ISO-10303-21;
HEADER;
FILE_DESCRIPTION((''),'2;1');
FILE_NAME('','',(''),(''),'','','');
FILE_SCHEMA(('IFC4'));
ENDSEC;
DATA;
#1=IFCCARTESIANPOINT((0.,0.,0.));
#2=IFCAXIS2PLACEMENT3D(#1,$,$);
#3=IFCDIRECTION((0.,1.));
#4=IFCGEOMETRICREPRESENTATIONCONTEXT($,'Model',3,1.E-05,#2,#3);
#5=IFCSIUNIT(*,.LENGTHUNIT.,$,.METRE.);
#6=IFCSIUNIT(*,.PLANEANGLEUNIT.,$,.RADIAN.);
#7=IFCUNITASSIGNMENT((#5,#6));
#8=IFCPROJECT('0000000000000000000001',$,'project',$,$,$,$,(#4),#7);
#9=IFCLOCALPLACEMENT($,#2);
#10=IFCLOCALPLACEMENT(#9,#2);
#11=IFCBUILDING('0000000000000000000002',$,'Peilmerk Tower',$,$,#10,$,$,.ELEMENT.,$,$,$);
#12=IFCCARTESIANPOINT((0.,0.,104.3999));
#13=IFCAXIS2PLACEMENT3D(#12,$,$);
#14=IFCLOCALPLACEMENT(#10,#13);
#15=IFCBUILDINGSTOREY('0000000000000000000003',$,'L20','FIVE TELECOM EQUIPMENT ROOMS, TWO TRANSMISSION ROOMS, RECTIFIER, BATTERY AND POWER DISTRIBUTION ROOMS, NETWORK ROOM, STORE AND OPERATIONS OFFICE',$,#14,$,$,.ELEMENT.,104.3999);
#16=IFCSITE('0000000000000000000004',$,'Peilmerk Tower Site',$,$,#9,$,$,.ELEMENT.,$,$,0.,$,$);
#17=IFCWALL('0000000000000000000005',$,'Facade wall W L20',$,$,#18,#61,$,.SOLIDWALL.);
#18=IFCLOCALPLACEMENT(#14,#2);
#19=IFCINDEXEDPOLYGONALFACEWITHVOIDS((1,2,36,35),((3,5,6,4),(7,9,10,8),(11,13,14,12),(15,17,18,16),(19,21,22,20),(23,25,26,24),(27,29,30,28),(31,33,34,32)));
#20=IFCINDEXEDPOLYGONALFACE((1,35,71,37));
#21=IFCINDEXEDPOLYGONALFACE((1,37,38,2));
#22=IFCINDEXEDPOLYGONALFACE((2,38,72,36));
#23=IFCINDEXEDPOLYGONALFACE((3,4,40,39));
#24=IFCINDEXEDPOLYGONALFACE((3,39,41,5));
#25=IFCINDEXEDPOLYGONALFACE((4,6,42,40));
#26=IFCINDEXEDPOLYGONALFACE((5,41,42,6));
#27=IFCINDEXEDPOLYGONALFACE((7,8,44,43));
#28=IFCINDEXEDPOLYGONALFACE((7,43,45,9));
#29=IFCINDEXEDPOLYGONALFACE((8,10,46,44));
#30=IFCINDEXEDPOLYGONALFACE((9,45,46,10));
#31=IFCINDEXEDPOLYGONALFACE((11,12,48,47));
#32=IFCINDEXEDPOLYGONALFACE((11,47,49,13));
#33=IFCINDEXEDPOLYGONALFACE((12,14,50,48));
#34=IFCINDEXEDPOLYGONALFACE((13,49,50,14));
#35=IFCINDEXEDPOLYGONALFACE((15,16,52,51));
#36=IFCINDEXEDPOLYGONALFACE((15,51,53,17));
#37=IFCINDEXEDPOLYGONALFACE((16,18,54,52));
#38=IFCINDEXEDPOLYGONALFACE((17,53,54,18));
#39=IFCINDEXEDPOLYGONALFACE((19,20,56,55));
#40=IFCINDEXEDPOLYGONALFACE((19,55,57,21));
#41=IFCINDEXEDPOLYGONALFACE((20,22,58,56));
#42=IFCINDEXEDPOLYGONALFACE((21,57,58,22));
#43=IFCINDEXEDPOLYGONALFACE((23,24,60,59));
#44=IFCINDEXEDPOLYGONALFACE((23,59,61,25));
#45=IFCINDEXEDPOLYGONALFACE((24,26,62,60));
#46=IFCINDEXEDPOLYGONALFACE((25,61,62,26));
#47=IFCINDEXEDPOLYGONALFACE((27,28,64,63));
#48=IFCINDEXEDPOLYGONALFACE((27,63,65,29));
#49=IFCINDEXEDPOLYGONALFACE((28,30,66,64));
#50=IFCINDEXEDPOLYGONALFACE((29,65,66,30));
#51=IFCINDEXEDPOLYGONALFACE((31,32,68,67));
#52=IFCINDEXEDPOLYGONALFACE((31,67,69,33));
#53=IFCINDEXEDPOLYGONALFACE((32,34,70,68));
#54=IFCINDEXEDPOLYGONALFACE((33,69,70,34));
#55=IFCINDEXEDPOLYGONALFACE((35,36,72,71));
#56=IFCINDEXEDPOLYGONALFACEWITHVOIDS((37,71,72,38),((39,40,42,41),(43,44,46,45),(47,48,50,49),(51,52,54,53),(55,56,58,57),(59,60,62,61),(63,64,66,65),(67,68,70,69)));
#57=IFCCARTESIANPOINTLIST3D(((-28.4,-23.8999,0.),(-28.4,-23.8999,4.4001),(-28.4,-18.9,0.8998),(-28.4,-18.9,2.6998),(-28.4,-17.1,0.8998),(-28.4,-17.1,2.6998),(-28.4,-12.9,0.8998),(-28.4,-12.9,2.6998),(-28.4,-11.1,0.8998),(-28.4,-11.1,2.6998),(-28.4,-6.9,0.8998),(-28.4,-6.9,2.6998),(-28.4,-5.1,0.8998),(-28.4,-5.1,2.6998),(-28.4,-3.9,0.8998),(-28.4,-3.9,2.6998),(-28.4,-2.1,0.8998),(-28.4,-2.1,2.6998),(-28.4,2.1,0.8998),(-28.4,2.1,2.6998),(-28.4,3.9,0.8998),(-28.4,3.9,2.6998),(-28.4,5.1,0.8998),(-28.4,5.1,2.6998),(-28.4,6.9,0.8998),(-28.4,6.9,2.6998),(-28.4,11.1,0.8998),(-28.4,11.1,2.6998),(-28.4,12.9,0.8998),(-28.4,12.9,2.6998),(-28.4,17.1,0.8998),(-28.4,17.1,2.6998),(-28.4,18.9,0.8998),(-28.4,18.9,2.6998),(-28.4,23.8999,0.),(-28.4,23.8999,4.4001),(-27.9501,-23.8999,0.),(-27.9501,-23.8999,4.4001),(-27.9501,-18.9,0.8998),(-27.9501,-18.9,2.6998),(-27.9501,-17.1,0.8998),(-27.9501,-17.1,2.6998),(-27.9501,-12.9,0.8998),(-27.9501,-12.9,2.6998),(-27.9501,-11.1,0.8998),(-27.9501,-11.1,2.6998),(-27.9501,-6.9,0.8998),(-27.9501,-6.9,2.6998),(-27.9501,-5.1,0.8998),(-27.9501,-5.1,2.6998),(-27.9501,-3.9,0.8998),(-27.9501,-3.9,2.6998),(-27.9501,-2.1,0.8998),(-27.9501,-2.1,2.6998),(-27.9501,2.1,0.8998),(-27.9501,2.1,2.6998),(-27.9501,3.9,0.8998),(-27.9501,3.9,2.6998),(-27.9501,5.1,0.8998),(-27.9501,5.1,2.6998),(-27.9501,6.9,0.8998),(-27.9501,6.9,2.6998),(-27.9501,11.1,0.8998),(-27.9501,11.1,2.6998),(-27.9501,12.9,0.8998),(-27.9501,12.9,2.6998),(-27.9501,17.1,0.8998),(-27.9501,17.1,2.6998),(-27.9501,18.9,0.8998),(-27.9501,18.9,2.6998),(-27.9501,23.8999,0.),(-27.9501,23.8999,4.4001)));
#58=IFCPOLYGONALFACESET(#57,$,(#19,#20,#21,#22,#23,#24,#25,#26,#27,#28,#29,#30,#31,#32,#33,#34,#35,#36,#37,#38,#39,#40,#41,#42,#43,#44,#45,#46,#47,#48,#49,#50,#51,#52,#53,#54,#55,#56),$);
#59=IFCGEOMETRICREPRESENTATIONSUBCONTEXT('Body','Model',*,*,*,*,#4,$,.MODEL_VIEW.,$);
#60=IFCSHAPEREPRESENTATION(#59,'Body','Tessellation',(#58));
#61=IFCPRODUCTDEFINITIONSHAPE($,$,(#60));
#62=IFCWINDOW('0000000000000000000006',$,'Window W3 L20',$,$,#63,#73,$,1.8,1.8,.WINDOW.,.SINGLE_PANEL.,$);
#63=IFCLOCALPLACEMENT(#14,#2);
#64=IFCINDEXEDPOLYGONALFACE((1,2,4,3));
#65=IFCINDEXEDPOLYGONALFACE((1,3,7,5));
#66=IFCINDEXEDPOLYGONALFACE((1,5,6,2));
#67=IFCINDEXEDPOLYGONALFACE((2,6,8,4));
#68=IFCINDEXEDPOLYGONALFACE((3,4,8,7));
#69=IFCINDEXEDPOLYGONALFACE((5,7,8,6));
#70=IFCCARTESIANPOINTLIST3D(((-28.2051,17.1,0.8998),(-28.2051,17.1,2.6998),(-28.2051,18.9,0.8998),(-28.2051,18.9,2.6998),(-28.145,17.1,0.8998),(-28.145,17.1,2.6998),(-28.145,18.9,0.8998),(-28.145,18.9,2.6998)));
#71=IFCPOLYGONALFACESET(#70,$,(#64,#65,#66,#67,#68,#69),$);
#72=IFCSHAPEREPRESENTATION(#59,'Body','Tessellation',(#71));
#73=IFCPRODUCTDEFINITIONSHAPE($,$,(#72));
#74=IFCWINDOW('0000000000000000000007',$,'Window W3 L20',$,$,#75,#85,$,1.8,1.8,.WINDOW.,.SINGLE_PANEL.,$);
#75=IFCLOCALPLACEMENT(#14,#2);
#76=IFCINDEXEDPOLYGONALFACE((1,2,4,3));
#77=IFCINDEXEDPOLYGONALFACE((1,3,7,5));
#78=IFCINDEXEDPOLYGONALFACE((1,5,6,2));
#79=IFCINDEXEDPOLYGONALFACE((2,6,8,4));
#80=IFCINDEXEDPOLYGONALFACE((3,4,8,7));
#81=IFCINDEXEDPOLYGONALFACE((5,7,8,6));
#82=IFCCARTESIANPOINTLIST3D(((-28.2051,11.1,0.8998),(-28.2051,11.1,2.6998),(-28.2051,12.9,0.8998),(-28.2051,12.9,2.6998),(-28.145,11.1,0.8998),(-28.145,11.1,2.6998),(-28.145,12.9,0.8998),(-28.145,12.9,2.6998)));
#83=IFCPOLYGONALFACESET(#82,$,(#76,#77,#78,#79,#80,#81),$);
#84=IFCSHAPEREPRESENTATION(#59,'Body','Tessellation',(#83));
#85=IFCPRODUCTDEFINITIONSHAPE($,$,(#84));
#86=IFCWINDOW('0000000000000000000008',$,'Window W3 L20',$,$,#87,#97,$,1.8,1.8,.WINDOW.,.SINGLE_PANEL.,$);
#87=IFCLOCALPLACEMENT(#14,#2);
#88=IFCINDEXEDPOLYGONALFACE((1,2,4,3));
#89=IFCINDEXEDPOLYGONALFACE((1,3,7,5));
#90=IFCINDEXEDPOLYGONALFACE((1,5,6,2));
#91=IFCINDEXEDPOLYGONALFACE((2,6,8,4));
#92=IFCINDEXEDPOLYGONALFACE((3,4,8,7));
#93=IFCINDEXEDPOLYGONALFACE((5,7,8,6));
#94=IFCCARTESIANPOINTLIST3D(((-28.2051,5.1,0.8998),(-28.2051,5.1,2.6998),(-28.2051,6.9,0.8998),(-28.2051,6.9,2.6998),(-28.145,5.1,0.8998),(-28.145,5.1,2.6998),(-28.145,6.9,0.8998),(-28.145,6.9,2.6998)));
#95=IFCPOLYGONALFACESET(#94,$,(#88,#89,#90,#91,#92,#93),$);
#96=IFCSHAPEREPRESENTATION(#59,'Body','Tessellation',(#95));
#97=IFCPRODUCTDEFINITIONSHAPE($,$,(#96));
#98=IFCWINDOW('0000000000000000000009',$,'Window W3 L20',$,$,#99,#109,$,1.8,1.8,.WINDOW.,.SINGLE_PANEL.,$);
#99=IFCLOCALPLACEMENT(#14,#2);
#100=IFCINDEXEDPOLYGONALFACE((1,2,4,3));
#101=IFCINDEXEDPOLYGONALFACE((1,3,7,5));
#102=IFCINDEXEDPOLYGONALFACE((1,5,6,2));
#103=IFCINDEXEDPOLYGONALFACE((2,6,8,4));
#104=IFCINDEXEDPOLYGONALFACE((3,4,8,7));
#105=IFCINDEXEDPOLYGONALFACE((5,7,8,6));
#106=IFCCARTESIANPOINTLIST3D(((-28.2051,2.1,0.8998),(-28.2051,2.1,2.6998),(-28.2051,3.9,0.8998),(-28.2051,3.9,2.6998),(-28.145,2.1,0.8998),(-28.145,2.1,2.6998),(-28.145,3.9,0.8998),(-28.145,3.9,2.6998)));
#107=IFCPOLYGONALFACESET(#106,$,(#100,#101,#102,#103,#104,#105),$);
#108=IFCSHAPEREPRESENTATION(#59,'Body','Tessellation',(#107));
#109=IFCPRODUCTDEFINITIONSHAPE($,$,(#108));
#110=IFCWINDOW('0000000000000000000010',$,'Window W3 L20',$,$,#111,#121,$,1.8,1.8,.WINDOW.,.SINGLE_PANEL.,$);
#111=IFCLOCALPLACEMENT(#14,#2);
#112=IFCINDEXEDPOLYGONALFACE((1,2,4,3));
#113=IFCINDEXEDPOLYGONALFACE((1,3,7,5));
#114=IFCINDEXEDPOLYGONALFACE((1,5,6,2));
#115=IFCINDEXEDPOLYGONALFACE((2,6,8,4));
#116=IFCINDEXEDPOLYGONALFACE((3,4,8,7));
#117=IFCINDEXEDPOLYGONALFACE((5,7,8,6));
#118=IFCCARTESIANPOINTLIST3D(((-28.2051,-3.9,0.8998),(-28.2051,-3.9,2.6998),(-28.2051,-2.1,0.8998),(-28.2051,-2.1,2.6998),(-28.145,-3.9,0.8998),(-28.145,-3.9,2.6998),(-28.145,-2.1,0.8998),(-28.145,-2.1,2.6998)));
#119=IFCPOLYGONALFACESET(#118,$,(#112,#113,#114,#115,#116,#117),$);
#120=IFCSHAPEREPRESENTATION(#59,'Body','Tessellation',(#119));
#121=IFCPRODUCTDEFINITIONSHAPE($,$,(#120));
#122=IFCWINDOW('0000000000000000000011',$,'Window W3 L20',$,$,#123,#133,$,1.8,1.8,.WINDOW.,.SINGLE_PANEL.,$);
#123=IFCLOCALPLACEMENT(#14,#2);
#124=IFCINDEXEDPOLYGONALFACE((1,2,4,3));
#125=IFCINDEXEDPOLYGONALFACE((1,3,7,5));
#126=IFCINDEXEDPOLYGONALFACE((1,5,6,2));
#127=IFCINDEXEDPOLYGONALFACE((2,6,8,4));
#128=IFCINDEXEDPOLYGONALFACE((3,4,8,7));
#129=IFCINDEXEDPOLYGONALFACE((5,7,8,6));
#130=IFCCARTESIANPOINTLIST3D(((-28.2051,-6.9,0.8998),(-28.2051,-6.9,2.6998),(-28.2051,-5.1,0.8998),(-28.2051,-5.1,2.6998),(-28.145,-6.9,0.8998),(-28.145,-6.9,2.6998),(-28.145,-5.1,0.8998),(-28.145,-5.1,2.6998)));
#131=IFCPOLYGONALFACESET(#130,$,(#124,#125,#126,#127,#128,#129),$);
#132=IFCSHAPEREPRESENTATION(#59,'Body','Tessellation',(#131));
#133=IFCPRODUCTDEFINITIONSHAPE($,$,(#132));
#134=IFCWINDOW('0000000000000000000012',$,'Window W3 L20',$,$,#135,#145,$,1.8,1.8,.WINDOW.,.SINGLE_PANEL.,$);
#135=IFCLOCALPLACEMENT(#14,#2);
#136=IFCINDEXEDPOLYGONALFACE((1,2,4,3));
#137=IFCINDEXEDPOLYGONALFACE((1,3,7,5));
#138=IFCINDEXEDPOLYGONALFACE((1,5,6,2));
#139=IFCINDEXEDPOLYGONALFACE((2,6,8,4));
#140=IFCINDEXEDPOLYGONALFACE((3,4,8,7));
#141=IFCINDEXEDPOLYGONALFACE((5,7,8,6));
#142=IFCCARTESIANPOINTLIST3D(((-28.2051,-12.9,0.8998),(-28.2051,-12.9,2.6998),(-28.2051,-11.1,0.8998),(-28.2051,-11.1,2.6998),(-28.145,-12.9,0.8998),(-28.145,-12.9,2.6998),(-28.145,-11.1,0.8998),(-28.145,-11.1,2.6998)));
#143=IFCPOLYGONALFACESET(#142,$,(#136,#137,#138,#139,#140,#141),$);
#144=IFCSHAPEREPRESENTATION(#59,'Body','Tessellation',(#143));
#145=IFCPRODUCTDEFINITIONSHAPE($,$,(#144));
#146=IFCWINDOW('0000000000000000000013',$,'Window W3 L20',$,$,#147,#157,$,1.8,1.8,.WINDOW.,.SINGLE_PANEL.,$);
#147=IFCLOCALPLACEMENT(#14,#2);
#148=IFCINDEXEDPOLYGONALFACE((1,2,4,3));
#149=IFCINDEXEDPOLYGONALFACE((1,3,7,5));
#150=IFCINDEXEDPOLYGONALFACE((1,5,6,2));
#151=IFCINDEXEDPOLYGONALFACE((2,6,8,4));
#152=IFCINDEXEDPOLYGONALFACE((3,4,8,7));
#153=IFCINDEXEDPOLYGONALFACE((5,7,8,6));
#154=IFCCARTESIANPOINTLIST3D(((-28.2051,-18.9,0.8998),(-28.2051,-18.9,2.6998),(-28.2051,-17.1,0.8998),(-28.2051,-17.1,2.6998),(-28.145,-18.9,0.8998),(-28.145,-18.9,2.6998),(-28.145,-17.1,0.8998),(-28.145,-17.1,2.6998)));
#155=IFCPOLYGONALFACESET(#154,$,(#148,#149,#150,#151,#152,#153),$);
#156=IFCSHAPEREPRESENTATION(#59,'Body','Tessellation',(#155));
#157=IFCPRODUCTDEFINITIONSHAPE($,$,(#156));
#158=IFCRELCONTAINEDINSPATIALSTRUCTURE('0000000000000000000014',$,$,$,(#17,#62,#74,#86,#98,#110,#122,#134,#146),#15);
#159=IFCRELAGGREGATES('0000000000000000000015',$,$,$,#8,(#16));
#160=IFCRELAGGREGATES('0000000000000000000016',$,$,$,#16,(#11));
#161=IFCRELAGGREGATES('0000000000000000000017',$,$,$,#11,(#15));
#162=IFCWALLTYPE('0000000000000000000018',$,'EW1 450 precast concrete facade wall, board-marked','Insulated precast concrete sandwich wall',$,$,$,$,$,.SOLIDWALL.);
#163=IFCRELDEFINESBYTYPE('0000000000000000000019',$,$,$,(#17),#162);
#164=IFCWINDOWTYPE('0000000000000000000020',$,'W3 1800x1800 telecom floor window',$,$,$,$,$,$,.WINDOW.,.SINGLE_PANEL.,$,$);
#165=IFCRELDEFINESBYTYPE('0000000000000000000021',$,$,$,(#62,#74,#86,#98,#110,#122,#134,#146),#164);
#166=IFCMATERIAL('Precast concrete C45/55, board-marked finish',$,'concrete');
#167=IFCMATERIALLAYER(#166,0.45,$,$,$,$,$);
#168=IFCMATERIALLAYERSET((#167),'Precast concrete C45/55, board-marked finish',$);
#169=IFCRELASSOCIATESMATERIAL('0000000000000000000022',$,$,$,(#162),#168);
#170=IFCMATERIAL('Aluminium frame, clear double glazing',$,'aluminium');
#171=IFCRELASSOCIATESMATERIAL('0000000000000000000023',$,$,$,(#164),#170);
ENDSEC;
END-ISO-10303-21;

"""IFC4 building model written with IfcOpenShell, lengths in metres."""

from ifc_helpers import new_model, si_unit, direction, frame, frame_2d, origin, place, context, subcontext, project, spatial, rectangle, extrude, material, layer, layer_set, type_object, element, fill, save


model = new_model("IFC4")

# Units and contexts
model_context = context("Model", 3, precision=1e-05, world=origin(), true_north=direction((0.0, 1.0)))
body_context = subcontext(model_context, "Body", "Model", "MODEL_VIEW")
ifc_project = project(units=[si_unit("LENGTHUNIT", "METRE"), si_unit("PLANEANGLEUNIT", "RADIAN")], contexts=[model_context])

# Site, building, storey
site_placement = place(None, origin())
site = spatial("IfcSite", under=ifc_project, at=site_placement, Name="Peilmerk Tower Site", CompositionType="ELEMENT", RefElevation=0.0)
building_placement = place(site_placement, origin())
building = spatial("IfcBuilding", under=site, at=building_placement, Name="Peilmerk Tower", CompositionType="ELEMENT")
storey_placement = place(building_placement, frame((0.0, 0.0, 104.3999)))
storey = spatial("IfcBuildingStorey", under=building, at=storey_placement, Name="L20", Description="FIVE TELECOM EQUIPMENT ROOMS, TWO TRANSMISSION ROOMS, RECTIFIER, BATTERY AND POWER DISTRIBUTION ROOMS, NETWORK ROOM, STORE AND OPERATIONS OFFICE", CompositionType="ELEMENT", Elevation=104.3999)

# Wall, openings, windows
ifc_material_1 = material(Name="Precast concrete C45/55, board-marked finish", Category="concrete")
ifc_layer = layer(ifc_material_1, 0.45)
ifc_layer_set = layer_set([ifc_layer], Name="Precast concrete C45/55, board-marked finish")
wall_type = type_object("IfcWallType", Name="EW1 450 precast concrete facade wall, board-marked", Description="Insulated precast concrete sandwich wall", PredefinedType="SOLIDWALL", material=ifc_layer_set)
wall_1_placement = place(storey_placement, frame((-28.175, 23.8999, 0.0), z_axis=(0.0, 0.0, 1.0), x_axis=(0.0, -1.0, 0.0)))
wall_1 = element("IfcWall", 1, at=wall_1_placement, inside=storey, type_object=wall_type, Name="Facade wall W L20", PredefinedType="SOLIDWALL", context=body_context, shape_type="SweptSolid", body=[
    extrude(rectangle(XDim=47.7998, YDim=0.45, at=frame_2d((23.8999, 0.0))), origin(), (0.0, 0.0, 1.0), 4.4001),
])
opening_1_placement = place(wall_1_placement, frame((5.0, 0.0, 0.8999)))
opening_1 = element("IfcOpeningElement", 2, at=opening_1_placement, cuts=wall_1, PredefinedType="OPENING", context=body_context, shape_type="SweptSolid", body=[
    extrude(rectangle(XDim=1.8, YDim=1.8, at=frame_2d((0.8999, 0.8999))), frame((0.0, 0.2349, 0.0), z_axis=(0.0, -1.0, 0.0), x_axis=(1.0, 0.0, 0.0)), (0.0, 0.0, 1.0), 0.47),
])
opening_2_placement = place(wall_1_placement, frame((11.0, 0.0, 0.8999)))
opening_2 = element("IfcOpeningElement", 3, at=opening_2_placement, cuts=wall_1, PredefinedType="OPENING", context=body_context, shape_type="SweptSolid", body=[
    extrude(rectangle(XDim=1.8, YDim=1.8, at=frame_2d((0.8999, 0.8999))), frame((0.0, 0.2349, 0.0), z_axis=(0.0, -1.0, 0.0), x_axis=(1.0, 0.0, 0.0)), (0.0, 0.0, 1.0), 0.47),
])
opening_3_placement = place(wall_1_placement, frame((17.0, 0.0, 0.8999)))
opening_3 = element("IfcOpeningElement", 4, at=opening_3_placement, cuts=wall_1, PredefinedType="OPENING", context=body_context, shape_type="SweptSolid", body=[
    extrude(rectangle(XDim=1.8, YDim=1.8, at=frame_2d((0.8999, 0.8999))), frame((0.0, 0.2349, 0.0), z_axis=(0.0, -1.0, 0.0), x_axis=(1.0, 0.0, 0.0)), (0.0, 0.0, 1.0), 0.47),
])
opening_4_placement = place(wall_1_placement, frame((20.0, 0.0, 0.8999)))
opening_4 = element("IfcOpeningElement", 5, at=opening_4_placement, cuts=wall_1, PredefinedType="OPENING", context=body_context, shape_type="SweptSolid", body=[
    extrude(rectangle(XDim=1.8, YDim=1.8, at=frame_2d((0.8999, 0.8999))), frame((0.0, 0.2349, 0.0), z_axis=(0.0, -1.0, 0.0), x_axis=(1.0, 0.0, 0.0)), (0.0, 0.0, 1.0), 0.47),
])
opening_5_placement = place(wall_1_placement, frame((26.0, 0.0, 0.8999)))
opening_5 = element("IfcOpeningElement", 6, at=opening_5_placement, cuts=wall_1, PredefinedType="OPENING", context=body_context, shape_type="SweptSolid", body=[
    extrude(rectangle(XDim=1.8, YDim=1.8, at=frame_2d((0.8999, 0.8999))), frame((0.0, 0.2349, 0.0), z_axis=(0.0, -1.0, 0.0), x_axis=(1.0, 0.0, 0.0)), (0.0, 0.0, 1.0), 0.47),
])
opening_6_placement = place(wall_1_placement, frame((29.0, 0.0, 0.8999)))
opening_6 = element("IfcOpeningElement", 7, at=opening_6_placement, cuts=wall_1, PredefinedType="OPENING", context=body_context, shape_type="SweptSolid", body=[
    extrude(rectangle(XDim=1.8, YDim=1.8, at=frame_2d((0.8999, 0.8999))), frame((0.0, 0.2349, 0.0), z_axis=(0.0, -1.0, 0.0), x_axis=(1.0, 0.0, 0.0)), (0.0, 0.0, 1.0), 0.47),
])
opening_7_placement = place(wall_1_placement, frame((35.0, 0.0, 0.8999)))
opening_7 = element("IfcOpeningElement", 8, at=opening_7_placement, cuts=wall_1, PredefinedType="OPENING", context=body_context, shape_type="SweptSolid", body=[
    extrude(rectangle(XDim=1.8, YDim=1.8, at=frame_2d((0.8999, 0.8999))), frame((0.0, 0.2349, 0.0), z_axis=(0.0, -1.0, 0.0), x_axis=(1.0, 0.0, 0.0)), (0.0, 0.0, 1.0), 0.47),
])
opening_8_placement = place(wall_1_placement, frame((41.0, 0.0, 0.8999)))
opening_8 = element("IfcOpeningElement", 9, at=opening_8_placement, cuts=wall_1, PredefinedType="OPENING", context=body_context, shape_type="SweptSolid", body=[
    extrude(rectangle(XDim=1.8, YDim=1.8, at=frame_2d((0.8999, 0.8999))), frame((0.0, 0.2349, 0.0), z_axis=(0.0, -1.0, 0.0), x_axis=(1.0, 0.0, 0.0)), (0.0, 0.0, 1.0), 0.47),
])
ifc_material_2 = material(Name="Aluminium frame, clear double glazing", Category="aluminium")
window_type = type_object("IfcWindowType", Name="W3 1800x1800 telecom floor window", PartitioningType="SINGLE_PANEL", PredefinedType="WINDOW", material=ifc_material_2)
window_1_placement = place(opening_1_placement, origin())
window_1 = element("IfcWindow", 10, at=window_1_placement, inside=storey, type_object=window_type, Name="Window W3 L20", OverallHeight=1.8, OverallWidth=1.8, PartitioningType="SINGLE_PANEL", PredefinedType="WINDOW", context=body_context, shape_type="SweptSolid", body=[
    extrude(rectangle(XDim=1.8, YDim=1.8, at=frame_2d((0.8999, 0.8999))), frame((0.0, 0.03, 0.0), z_axis=(0.0, -1.0, 0.0), x_axis=(1.0, 0.0, 0.0)), (0.0, 0.0, 1.0), 0.0601),
])
fill(opening_1, window_1)
window_2_placement = place(opening_2_placement, origin())
window_2 = element("IfcWindow", 11, at=window_2_placement, inside=storey, type_object=window_type, Name="Window W3 L20", OverallHeight=1.8, OverallWidth=1.8, PartitioningType="SINGLE_PANEL", PredefinedType="WINDOW", context=body_context, shape_type="SweptSolid", body=[
    extrude(rectangle(XDim=1.8, YDim=1.8, at=frame_2d((0.8999, 0.8999))), frame((0.0, 0.03, 0.0), z_axis=(0.0, -1.0, 0.0), x_axis=(1.0, 0.0, 0.0)), (0.0, 0.0, 1.0), 0.0601),
])
fill(opening_2, window_2)
window_3_placement = place(opening_3_placement, origin())
window_3 = element("IfcWindow", 12, at=window_3_placement, inside=storey, type_object=window_type, Name="Window W3 L20", OverallHeight=1.8, OverallWidth=1.8, PartitioningType="SINGLE_PANEL", PredefinedType="WINDOW", context=body_context, shape_type="SweptSolid", body=[
    extrude(rectangle(XDim=1.8, YDim=1.8, at=frame_2d((0.8999, 0.8999))), frame((0.0, 0.03, 0.0), z_axis=(0.0, -1.0, 0.0), x_axis=(1.0, 0.0, 0.0)), (0.0, 0.0, 1.0), 0.0601),
])
fill(opening_3, window_3)
window_4_placement = place(opening_4_placement, origin())
window_4 = element("IfcWindow", 13, at=window_4_placement, inside=storey, type_object=window_type, Name="Window W3 L20", OverallHeight=1.8, OverallWidth=1.8, PartitioningType="SINGLE_PANEL", PredefinedType="WINDOW", context=body_context, shape_type="SweptSolid", body=[
    extrude(rectangle(XDim=1.8, YDim=1.8, at=frame_2d((0.8999, 0.8999))), frame((0.0, 0.03, 0.0), z_axis=(0.0, -1.0, 0.0), x_axis=(1.0, 0.0, 0.0)), (0.0, 0.0, 1.0), 0.0601),
])
fill(opening_4, window_4)
window_5_placement = place(opening_5_placement, origin())
window_5 = element("IfcWindow", 14, at=window_5_placement, inside=storey, type_object=window_type, Name="Window W3 L20", OverallHeight=1.8, OverallWidth=1.8, PartitioningType="SINGLE_PANEL", PredefinedType="WINDOW", context=body_context, shape_type="SweptSolid", body=[
    extrude(rectangle(XDim=1.8, YDim=1.8, at=frame_2d((0.8999, 0.8999))), frame((0.0, 0.03, 0.0), z_axis=(0.0, -1.0, 0.0), x_axis=(1.0, 0.0, 0.0)), (0.0, 0.0, 1.0), 0.0601),
])
fill(opening_5, window_5)
window_6_placement = place(opening_6_placement, origin())
window_6 = element("IfcWindow", 15, at=window_6_placement, inside=storey, type_object=window_type, Name="Window W3 L20", OverallHeight=1.8, OverallWidth=1.8, PartitioningType="SINGLE_PANEL", PredefinedType="WINDOW", context=body_context, shape_type="SweptSolid", body=[
    extrude(rectangle(XDim=1.8, YDim=1.8, at=frame_2d((0.8999, 0.8999))), frame((0.0, 0.03, 0.0), z_axis=(0.0, -1.0, 0.0), x_axis=(1.0, 0.0, 0.0)), (0.0, 0.0, 1.0), 0.0601),
])
fill(opening_6, window_6)
window_7_placement = place(opening_7_placement, origin())
window_7 = element("IfcWindow", 16, at=window_7_placement, inside=storey, type_object=window_type, Name="Window W3 L20", OverallHeight=1.8, OverallWidth=1.8, PartitioningType="SINGLE_PANEL", PredefinedType="WINDOW", context=body_context, shape_type="SweptSolid", body=[
    extrude(rectangle(XDim=1.8, YDim=1.8, at=frame_2d((0.8999, 0.8999))), frame((0.0, 0.03, 0.0), z_axis=(0.0, -1.0, 0.0), x_axis=(1.0, 0.0, 0.0)), (0.0, 0.0, 1.0), 0.0601),
])
fill(opening_7, window_7)
window_8_placement = place(opening_8_placement, origin())
window_8 = element("IfcWindow", 17, at=window_8_placement, inside=storey, type_object=window_type, Name="Window W3 L20", OverallHeight=1.8, OverallWidth=1.8, PartitioningType="SINGLE_PANEL", PredefinedType="WINDOW", context=body_context, shape_type="SweptSolid", body=[
    extrude(rectangle(XDim=1.8, YDim=1.8, at=frame_2d((0.8999, 0.8999))), frame((0.0, 0.03, 0.0), z_axis=(0.0, -1.0, 0.0), x_axis=(1.0, 0.0, 0.0)), (0.0, 0.0, 1.0), 0.0601),
])
fill(opening_8, window_8)

save(model, "model.ifc")
